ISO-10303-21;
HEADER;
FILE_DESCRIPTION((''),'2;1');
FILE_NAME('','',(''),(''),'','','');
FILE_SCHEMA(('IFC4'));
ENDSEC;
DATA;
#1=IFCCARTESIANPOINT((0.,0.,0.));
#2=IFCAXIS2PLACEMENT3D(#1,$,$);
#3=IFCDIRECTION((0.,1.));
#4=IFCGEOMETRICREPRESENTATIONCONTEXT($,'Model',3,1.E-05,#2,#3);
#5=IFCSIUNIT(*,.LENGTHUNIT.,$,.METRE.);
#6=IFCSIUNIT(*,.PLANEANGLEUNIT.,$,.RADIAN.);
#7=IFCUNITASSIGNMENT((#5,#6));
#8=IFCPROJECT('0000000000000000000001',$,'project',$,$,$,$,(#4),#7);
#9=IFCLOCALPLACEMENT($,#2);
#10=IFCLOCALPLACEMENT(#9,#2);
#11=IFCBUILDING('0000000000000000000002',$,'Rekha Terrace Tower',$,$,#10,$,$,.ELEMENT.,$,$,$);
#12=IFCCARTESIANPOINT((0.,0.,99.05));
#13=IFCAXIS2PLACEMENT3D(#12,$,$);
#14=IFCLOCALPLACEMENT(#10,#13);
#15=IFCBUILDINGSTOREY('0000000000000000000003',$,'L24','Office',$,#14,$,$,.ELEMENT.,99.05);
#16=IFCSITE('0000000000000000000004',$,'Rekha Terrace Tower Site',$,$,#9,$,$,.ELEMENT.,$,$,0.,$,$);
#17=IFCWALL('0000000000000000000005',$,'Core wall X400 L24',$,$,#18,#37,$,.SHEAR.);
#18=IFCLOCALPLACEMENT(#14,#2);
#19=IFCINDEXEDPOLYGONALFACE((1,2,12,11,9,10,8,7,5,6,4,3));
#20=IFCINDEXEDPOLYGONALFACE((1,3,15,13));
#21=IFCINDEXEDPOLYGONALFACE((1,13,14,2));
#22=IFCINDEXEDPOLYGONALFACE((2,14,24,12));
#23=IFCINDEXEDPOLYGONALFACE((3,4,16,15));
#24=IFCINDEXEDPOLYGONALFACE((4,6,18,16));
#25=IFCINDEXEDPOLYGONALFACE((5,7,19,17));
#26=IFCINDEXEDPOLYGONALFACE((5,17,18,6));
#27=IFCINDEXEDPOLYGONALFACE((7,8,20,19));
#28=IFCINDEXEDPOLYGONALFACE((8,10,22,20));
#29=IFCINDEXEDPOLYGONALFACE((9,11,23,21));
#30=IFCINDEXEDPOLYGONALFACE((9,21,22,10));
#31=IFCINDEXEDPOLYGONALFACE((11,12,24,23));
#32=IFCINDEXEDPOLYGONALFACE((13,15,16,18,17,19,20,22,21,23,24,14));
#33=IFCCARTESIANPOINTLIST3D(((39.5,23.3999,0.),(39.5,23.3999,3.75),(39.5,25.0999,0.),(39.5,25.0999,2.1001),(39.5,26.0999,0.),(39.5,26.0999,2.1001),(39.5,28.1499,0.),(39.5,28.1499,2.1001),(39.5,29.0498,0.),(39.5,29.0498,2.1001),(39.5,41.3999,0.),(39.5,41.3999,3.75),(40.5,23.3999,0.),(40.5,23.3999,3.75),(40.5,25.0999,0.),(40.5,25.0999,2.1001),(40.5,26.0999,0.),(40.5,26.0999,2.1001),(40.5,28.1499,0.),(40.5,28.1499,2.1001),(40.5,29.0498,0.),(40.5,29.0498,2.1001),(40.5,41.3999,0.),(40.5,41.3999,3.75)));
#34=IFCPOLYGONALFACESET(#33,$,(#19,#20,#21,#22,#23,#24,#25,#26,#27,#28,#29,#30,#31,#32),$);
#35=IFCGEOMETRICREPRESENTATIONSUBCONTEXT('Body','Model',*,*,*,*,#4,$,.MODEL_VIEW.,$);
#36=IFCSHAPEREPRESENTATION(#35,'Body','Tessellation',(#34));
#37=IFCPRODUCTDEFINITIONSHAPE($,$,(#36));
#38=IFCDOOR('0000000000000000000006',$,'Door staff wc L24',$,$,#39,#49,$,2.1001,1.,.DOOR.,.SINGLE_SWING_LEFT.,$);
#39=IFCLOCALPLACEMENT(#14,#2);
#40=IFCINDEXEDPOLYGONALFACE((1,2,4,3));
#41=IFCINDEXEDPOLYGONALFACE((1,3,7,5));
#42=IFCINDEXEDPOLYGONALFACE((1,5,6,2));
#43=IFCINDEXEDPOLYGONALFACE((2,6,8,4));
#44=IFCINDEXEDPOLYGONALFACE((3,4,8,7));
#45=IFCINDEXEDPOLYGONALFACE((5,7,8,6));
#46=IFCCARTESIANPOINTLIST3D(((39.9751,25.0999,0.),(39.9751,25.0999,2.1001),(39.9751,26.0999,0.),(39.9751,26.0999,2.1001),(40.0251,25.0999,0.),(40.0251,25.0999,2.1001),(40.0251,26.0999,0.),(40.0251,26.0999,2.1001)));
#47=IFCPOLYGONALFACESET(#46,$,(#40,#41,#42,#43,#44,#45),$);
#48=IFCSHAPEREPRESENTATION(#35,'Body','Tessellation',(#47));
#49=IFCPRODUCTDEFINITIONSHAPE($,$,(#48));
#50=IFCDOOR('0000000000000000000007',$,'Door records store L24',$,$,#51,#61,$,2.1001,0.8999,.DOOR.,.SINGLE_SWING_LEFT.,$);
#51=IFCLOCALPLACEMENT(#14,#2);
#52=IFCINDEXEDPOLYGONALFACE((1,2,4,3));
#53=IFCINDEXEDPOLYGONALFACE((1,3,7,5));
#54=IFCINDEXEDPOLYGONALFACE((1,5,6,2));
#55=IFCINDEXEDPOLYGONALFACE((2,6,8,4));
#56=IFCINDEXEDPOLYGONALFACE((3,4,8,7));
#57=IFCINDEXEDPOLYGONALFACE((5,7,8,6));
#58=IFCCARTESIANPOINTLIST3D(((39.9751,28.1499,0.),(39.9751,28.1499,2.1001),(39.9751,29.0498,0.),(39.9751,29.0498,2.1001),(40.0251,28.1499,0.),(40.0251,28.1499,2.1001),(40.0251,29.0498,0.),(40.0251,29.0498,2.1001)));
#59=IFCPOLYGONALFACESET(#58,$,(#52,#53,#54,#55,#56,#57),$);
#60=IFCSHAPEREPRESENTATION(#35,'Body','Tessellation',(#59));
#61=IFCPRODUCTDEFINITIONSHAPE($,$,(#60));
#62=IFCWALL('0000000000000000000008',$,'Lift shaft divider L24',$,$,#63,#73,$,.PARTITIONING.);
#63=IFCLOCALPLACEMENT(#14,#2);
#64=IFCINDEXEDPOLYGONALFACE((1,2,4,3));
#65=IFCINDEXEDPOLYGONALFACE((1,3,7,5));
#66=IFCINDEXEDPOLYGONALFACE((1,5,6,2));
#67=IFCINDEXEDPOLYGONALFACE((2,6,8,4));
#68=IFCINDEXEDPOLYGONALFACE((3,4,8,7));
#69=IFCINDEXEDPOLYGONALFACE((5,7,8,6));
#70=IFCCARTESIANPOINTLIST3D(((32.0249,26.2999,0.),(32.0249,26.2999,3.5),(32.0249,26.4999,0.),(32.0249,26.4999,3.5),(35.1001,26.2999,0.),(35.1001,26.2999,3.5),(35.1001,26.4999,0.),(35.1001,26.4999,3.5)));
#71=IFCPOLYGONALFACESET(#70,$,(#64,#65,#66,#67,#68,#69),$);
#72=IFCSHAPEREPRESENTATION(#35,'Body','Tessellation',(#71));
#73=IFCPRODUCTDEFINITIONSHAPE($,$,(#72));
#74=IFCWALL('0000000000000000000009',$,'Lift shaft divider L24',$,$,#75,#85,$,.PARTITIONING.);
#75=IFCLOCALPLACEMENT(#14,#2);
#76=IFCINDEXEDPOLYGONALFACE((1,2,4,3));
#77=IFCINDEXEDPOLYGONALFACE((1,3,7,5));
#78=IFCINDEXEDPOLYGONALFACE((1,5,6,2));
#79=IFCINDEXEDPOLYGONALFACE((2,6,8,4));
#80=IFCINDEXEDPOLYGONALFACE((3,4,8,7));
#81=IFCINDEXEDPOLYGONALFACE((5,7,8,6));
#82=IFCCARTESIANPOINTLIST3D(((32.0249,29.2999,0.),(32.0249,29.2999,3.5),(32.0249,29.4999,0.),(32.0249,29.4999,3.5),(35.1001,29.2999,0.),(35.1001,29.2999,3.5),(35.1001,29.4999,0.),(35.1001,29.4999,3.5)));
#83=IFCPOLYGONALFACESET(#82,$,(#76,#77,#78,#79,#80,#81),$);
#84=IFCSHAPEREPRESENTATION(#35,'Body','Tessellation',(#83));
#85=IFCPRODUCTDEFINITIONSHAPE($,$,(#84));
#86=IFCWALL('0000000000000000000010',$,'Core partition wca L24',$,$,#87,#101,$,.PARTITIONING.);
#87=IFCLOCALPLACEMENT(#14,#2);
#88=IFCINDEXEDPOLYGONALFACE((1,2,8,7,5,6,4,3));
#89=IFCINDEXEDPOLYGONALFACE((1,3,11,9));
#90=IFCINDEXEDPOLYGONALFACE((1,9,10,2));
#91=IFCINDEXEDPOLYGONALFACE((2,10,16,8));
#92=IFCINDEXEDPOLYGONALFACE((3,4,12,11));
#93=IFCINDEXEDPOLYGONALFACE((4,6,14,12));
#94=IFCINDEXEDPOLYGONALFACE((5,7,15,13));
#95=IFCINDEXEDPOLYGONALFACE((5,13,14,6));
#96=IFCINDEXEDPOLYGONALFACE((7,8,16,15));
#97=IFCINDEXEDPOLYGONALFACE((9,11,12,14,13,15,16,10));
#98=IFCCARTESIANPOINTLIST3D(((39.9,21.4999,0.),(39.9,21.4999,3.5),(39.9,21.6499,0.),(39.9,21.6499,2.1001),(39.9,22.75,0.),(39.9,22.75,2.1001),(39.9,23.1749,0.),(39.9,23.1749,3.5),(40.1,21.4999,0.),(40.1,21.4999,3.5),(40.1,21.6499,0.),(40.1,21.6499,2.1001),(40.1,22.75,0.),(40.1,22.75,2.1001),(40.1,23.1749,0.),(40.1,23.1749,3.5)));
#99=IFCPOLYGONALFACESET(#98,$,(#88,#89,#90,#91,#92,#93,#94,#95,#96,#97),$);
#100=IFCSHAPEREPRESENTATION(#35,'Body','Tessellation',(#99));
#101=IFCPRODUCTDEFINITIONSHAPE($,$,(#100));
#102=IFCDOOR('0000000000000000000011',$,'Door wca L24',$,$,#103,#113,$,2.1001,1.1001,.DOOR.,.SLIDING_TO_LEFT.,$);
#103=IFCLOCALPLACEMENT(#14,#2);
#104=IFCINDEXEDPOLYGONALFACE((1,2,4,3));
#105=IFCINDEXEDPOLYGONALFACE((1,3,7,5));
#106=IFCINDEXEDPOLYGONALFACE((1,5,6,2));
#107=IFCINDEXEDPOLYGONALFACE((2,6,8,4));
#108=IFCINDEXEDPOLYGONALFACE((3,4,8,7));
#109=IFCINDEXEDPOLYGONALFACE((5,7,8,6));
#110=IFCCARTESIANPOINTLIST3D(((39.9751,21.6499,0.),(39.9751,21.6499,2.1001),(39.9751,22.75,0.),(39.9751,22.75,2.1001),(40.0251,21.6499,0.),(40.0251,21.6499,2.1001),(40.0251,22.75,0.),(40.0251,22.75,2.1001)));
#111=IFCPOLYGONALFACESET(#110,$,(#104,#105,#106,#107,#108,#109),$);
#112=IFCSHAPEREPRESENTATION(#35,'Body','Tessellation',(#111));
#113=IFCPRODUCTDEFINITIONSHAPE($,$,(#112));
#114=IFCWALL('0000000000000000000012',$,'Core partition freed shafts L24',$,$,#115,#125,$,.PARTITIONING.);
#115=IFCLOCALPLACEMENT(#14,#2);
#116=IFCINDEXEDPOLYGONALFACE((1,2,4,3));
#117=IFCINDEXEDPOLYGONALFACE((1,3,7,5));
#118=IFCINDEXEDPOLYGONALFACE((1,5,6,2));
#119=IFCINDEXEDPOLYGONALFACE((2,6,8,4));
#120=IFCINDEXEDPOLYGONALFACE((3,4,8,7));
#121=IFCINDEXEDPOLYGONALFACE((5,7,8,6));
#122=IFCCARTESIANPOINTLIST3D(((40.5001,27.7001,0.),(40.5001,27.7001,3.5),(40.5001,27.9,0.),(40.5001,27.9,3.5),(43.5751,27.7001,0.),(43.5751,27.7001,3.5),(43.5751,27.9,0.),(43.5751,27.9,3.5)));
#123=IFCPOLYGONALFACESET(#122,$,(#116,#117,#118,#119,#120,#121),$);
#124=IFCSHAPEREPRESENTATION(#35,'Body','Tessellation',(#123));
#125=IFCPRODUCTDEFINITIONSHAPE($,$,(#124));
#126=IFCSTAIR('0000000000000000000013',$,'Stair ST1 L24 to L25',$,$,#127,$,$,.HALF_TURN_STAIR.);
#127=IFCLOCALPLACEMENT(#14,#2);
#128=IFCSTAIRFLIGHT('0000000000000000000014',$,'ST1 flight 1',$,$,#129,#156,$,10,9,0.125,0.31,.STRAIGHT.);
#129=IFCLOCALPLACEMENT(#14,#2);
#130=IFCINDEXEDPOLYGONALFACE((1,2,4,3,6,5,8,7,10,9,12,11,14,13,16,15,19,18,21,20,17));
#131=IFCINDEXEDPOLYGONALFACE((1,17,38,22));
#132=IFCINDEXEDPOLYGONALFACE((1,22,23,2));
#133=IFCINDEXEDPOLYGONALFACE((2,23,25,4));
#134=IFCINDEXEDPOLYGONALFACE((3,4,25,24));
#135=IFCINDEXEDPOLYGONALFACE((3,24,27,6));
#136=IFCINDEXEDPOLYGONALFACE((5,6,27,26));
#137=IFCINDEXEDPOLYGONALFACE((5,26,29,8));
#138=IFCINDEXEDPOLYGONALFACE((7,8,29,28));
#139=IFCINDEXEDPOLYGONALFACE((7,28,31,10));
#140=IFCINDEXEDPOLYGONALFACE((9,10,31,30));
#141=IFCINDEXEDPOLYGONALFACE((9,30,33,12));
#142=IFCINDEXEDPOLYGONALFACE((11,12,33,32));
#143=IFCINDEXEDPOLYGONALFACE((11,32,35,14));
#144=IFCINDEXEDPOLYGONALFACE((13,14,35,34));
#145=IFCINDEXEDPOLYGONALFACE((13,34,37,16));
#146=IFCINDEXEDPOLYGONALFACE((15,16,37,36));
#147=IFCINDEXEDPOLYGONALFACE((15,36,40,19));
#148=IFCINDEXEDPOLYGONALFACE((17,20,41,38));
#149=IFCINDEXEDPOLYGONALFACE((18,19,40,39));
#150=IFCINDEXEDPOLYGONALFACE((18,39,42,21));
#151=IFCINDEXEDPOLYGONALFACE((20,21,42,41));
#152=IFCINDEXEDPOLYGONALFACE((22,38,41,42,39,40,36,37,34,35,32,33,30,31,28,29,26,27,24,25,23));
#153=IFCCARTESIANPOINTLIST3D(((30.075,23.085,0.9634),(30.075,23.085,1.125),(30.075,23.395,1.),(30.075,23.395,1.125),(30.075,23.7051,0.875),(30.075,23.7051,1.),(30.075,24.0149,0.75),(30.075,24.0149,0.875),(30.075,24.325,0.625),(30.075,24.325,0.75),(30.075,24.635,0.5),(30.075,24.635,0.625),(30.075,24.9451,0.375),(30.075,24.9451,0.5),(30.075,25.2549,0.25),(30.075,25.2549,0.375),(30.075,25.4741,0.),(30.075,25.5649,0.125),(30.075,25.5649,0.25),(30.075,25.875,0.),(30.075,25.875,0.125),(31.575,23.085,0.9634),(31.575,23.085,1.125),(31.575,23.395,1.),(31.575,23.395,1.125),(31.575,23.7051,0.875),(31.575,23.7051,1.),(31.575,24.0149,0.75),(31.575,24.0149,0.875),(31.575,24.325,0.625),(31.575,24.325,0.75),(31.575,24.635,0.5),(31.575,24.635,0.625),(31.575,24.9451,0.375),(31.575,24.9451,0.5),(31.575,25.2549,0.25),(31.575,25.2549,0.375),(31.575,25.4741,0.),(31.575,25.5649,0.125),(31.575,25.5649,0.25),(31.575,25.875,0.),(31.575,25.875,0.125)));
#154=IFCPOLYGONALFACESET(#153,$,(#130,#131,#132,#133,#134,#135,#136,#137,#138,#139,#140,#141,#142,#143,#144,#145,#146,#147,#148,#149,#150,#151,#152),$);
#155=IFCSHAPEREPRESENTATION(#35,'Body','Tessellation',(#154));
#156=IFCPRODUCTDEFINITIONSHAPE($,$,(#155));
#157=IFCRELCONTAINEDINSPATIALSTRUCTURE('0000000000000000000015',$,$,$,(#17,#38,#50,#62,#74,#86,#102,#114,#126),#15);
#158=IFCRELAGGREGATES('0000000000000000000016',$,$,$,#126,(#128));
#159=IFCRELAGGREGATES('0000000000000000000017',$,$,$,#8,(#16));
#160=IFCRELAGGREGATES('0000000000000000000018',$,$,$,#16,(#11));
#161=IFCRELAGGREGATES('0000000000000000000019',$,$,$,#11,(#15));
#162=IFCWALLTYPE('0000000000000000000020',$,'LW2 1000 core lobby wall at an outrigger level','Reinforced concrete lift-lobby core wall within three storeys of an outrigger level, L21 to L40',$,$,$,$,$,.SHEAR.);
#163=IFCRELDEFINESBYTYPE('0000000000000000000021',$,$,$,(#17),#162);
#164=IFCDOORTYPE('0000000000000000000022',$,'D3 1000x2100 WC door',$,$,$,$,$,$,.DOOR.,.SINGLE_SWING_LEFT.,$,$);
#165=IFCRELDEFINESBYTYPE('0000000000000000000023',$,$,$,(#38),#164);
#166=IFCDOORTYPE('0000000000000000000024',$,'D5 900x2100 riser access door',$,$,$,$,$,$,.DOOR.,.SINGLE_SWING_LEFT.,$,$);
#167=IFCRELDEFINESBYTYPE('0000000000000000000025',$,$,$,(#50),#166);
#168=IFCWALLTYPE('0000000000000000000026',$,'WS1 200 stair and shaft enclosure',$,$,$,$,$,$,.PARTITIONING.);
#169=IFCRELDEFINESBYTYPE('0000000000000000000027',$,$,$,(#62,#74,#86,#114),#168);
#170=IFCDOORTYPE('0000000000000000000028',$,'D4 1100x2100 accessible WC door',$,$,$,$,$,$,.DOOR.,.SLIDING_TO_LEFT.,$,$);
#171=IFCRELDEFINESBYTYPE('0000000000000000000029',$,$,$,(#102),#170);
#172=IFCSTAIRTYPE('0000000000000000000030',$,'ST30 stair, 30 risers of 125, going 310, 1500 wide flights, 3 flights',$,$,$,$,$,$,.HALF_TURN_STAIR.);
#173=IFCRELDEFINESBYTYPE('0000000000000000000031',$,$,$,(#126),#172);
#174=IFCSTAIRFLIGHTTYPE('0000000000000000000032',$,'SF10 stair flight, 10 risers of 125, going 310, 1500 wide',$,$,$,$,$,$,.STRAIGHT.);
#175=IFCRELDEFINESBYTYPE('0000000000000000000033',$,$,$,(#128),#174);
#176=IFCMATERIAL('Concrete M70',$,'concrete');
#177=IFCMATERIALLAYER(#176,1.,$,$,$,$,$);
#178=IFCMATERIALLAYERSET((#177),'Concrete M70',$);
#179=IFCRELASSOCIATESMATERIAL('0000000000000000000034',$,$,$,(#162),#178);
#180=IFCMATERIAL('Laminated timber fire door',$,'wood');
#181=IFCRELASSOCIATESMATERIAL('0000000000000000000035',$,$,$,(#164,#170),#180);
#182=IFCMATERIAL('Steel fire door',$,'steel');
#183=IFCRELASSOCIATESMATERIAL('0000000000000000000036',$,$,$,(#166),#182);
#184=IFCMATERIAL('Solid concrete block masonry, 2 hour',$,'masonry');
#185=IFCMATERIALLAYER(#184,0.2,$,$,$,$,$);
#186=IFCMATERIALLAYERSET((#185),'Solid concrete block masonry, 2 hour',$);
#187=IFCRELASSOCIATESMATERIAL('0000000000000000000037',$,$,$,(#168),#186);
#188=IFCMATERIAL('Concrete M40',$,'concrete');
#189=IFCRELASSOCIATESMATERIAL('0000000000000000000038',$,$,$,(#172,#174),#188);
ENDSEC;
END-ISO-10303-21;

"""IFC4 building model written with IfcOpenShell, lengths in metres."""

from ifc_helpers import new_model, si_unit, direction, frame, frame_2d, origin, place, context, subcontext, project, spatial, polyline, rectangle, outline, extrude, material, layer, layer_set, type_object, element, fill, aggregate, save


model = new_model("IFC4")

# Units and contexts
model_context = context("Model", 3, precision=1e-05, world=origin(), true_north=direction((0.0, 1.0)))
body_context = subcontext(model_context, "Body", "Model", "MODEL_VIEW")
ifc_project = project(units=[si_unit("LENGTHUNIT", "METRE"), si_unit("PLANEANGLEUNIT", "RADIAN")], contexts=[model_context])

# Site, building, storey
site_placement = place(None, origin())
site = spatial("IfcSite", under=ifc_project, at=site_placement, Name="Rekha Terrace Tower Site", CompositionType="ELEMENT", RefElevation=0.0)
building_placement = place(site_placement, origin())
building = spatial("IfcBuilding", under=site, at=building_placement, Name="Rekha Terrace Tower", CompositionType="ELEMENT")
storey_placement = place(building_placement, frame((0.0, 0.0, 99.05)))
storey = spatial("IfcBuildingStorey", under=building, at=storey_placement, Name="L24", Description="Office", CompositionType="ELEMENT", Elevation=99.05)

# Shared definitions
ifc_material_1 = material(Name="Concrete M70", Category="concrete")

# Wall, openings, doors
ifc_layer_1 = layer(ifc_material_1, 1.0)
ifc_layer_set_1 = layer_set([ifc_layer_1], Name="Concrete M70")
wall_type_1 = type_object("IfcWallType", Name="LW2 1000 core lobby wall at an outrigger level", Description="Reinforced concrete lift-lobby core wall within three storeys of an outrigger level, L21 to L40", PredefinedType="SHEAR", material=ifc_layer_set_1)
wall_1_placement = place(storey_placement, frame((40.0, 23.3999, 0.0), z_axis=(0.0, 0.0, 1.0), x_axis=(0.0, 1.0, 0.0)))
wall_1 = element("IfcWall", 1, at=wall_1_placement, inside=storey, type_object=wall_type_1, Name="Core wall X400 L24", PredefinedType="SHEAR", context=body_context, shape_type="SweptSolid", body=[
    extrude(rectangle(XDim=18.0, YDim=1.0, at=frame_2d((9.0, 0.0))), origin(), (0.0, 0.0, 1.0), 3.75),
])
opening_1_placement = place(wall_1_placement, frame((1.7, 0.0, 0.0)))
opening_1 = element("IfcOpeningElement", 2, at=opening_1_placement, cuts=wall_1, PredefinedType="OPENING", context=body_context, shape_type="SweptSolid", body=[
    extrude(rectangle(XDim=1.0, YDim=2.1001, at=frame_2d((0.5, 1.05))), frame((0.0, 0.51, 0.0), z_axis=(0.0, -1.0, 0.0), x_axis=(1.0, 0.0, 0.0)), (0.0, 0.0, 1.0), 1.02),
])
opening_2_placement = place(wall_1_placement, frame((4.75, 0.0, 0.0)))
opening_2 = element("IfcOpeningElement", 3, at=opening_2_placement, cuts=wall_1, PredefinedType="OPENING", context=body_context, shape_type="SweptSolid", body=[
    extrude(rectangle(XDim=0.8999, YDim=2.1001, at=frame_2d((0.45, 1.05))), frame((0.0, 0.51, 0.0), z_axis=(0.0, -1.0, 0.0), x_axis=(1.0, 0.0, 0.0)), (0.0, 0.0, 1.0), 1.02),
])
ifc_material_2 = material(Name="Laminated timber fire door", Category="wood")
door_type_1 = type_object("IfcDoorType", Name="D3 1000x2100 WC door", OperationType="SINGLE_SWING_LEFT", PredefinedType="DOOR", material=ifc_material_2)
door_1_placement = place(opening_1_placement, origin())
door_1 = element("IfcDoor", 4, at=door_1_placement, inside=storey, type_object=door_type_1, Name="Door staff wc L24", OperationType="SINGLE_SWING_LEFT", OverallHeight=2.1001, OverallWidth=1.0, PredefinedType="DOOR", context=body_context, shape_type="SweptSolid", body=[
    extrude(rectangle(XDim=1.0, YDim=2.1001, at=frame_2d((0.5, 1.05))), frame((0.0, 0.0249, 0.0), z_axis=(0.0, -1.0, 0.0), x_axis=(1.0, 0.0, 0.0)), (0.0, 0.0, 1.0), 0.05),
])
fill(opening_1, door_1)
ifc_material_3 = material(Name="Steel fire door", Category="steel")
door_type_2 = type_object("IfcDoorType", Name="D5 900x2100 riser access door", OperationType="SINGLE_SWING_LEFT", PredefinedType="DOOR", material=ifc_material_3)
door_2_placement = place(opening_2_placement, origin())
door_2 = element("IfcDoor", 5, at=door_2_placement, inside=storey, type_object=door_type_2, Name="Door records store L24", OperationType="SINGLE_SWING_LEFT", OverallHeight=2.1001, OverallWidth=0.8999, PredefinedType="DOOR", context=body_context, shape_type="SweptSolid", body=[
    extrude(rectangle(XDim=0.8999, YDim=2.1001, at=frame_2d((0.45, 1.05))), frame((0.0, 0.0249, 0.0), z_axis=(0.0, -1.0, 0.0), x_axis=(1.0, 0.0, 0.0)), (0.0, 0.0, 1.0), 0.05),
])
fill(opening_2, door_2)

# Walls
ifc_material_4 = material(Name="Solid concrete block masonry, 2 hour", Category="masonry")
ifc_layer_2 = layer(ifc_material_4, 0.2)
ifc_layer_set_2 = layer_set([ifc_layer_2], Name="Solid concrete block masonry, 2 hour")
wall_type_2 = type_object("IfcWallType", Name="WS1 200 stair and shaft enclosure", PredefinedType="PARTITIONING", material=ifc_layer_set_2)
for number, where, z_axis, x_axis, name in (
    (6, (32.0249, 26.3999, 0.0), (0.0, 0.0, 1.0), (1.0, 0.0, 0.0), "Lift shaft divider L24"),
    (7, (32.0249, 29.3999, 0.0), (0.0, 0.0, 1.0), (1.0, 0.0, 0.0), "Lift shaft divider L24"),
):
    element("IfcWall", number, at=place(storey_placement, frame(where, z_axis=z_axis, x_axis=x_axis)), inside=storey, type_object=wall_type_2, Name=name, PredefinedType="PARTITIONING", context=body_context, shape_type="SweptSolid", body=[
        extrude(rectangle(XDim=3.0752, YDim=0.2, at=frame_2d((1.5376, 0.0))), origin(), (0.0, 0.0, 1.0), 3.5),
    ])

# Wall, opening, door
wall_2_placement = place(storey_placement, frame((40.0, 21.5, 0.0), z_axis=(0.0, 0.0, 1.0), x_axis=(0.0, 1.0, 0.0)))
wall_2 = element("IfcWall", 8, at=wall_2_placement, inside=storey, type_object=wall_type_2, Name="Core partition wca L24", PredefinedType="PARTITIONING", context=body_context, shape_type="SweptSolid", body=[
    extrude(rectangle(XDim=1.675, YDim=0.2, at=frame_2d((0.8374, 0.0))), origin(), (0.0, 0.0, 1.0), 3.5),
])
opening_3_placement = place(wall_2_placement, frame((0.1499, 0.0, 0.0)))
opening_3 = element("IfcOpeningElement", 9, at=opening_3_placement, cuts=wall_2, PredefinedType="OPENING", context=body_context, shape_type="SweptSolid", body=[
    extrude(rectangle(XDim=1.1001, YDim=2.1001, at=frame_2d((0.55, 1.05))), frame((0.0, 0.1099, 0.0), z_axis=(0.0, -1.0, 0.0), x_axis=(1.0, 0.0, 0.0)), (0.0, 0.0, 1.0), 0.22),
])
door_type_3 = type_object("IfcDoorType", Name="D4 1100x2100 accessible WC door", OperationType="SLIDING_TO_LEFT", PredefinedType="DOOR", material=ifc_material_2)
door_3_placement = place(opening_3_placement, origin())
door_3 = element("IfcDoor", 10, at=door_3_placement, inside=storey, type_object=door_type_3, Name="Door wca L24", OperationType="SLIDING_TO_LEFT", OverallHeight=2.1001, OverallWidth=1.1001, PredefinedType="DOOR", context=body_context, shape_type="SweptSolid", body=[
    extrude(rectangle(XDim=1.1001, YDim=2.1001, at=frame_2d((0.55, 1.05))), frame((0.0, 0.0249, 0.0), z_axis=(0.0, -1.0, 0.0), x_axis=(1.0, 0.0, 0.0)), (0.0, 0.0, 1.0), 0.05),
])
fill(opening_3, door_3)

# Wall
wall_3_placement = place(storey_placement, frame((40.5, 27.8, 0.0), z_axis=(0.0, 0.0, 1.0), x_axis=(1.0, 0.0, 0.0)))
element("IfcWall", 11, at=wall_3_placement, inside=storey, type_object=wall_type_2, Name="Core partition freed shafts L24", PredefinedType="PARTITIONING", context=body_context, shape_type="SweptSolid", body=[
    extrude(rectangle(XDim=3.075, YDim=0.2, at=frame_2d((1.5376, 0.0))), origin(), (0.0, 0.0, 1.0), 3.5),
])

# Stair, stair flight
ifc_material_5 = material(Name="Concrete M40", Category="concrete")
stair_type = type_object("IfcStairType", Name="ST30 stair, 30 risers of 125, going 310, 1500 wide flights, 3 flights", PredefinedType="HALF_TURN_STAIR", material=ifc_material_5)
stair_placement = place(storey_placement, origin())
stair = element("IfcStair", 12, at=stair_placement, inside=storey, type_object=stair_type, Name="Stair ST1 L24 to L25", PredefinedType="HALF_TURN_STAIR")
stair_flight_type = type_object("IfcStairFlightType", Name="SF10 stair flight, 10 risers of 125, going 310, 1500 wide", PredefinedType="STRAIGHT", material=ifc_material_5)
stair_flight_placement = place(storey_placement, frame((30.825, 25.875, 0.0), z_axis=(0.0, 0.0, 1.0), x_axis=(0.0, -1.0, 0.0)))
stair_flight = element("IfcStairFlight", 13, at=stair_flight_placement, type_object=stair_flight_type, Name="ST1 flight 1", NumberOfRisers=10, NumberOfTreads=9, PredefinedType="STRAIGHT", RiserHeight=0.125, TreadLength=0.31, context=body_context, shape_type="SweptSolid", body=[
    extrude(outline(polyline([(0.0, 0.0), (0.0, 0.125), (0.3101, 0.125), (0.3101, 0.25), (0.6201, 0.25), (0.6201, 0.375), (0.9299, 0.375), (0.9299, 0.5), (1.24, 0.5), (1.24, 0.625), (1.55, 0.625), (1.55, 0.75), (1.8601, 0.75), (1.8601, 0.875), (2.1699, 0.875), (2.1699, 1.0), (2.48, 1.0), (2.48, 1.125), (2.79, 1.125), (2.79, 1.25), (2.79, 0.9634), (0.4009, 0.0), (0.0, 0.0)])), frame((0.0, 0.75, 0.0), z_axis=(0.0, -1.0, 0.0), x_axis=(1.0, 0.0, 0.0)), (0.0, 0.0, 1.0), 1.5),
])
aggregate(stair, [stair_flight])

save(model, "model.ifc")
